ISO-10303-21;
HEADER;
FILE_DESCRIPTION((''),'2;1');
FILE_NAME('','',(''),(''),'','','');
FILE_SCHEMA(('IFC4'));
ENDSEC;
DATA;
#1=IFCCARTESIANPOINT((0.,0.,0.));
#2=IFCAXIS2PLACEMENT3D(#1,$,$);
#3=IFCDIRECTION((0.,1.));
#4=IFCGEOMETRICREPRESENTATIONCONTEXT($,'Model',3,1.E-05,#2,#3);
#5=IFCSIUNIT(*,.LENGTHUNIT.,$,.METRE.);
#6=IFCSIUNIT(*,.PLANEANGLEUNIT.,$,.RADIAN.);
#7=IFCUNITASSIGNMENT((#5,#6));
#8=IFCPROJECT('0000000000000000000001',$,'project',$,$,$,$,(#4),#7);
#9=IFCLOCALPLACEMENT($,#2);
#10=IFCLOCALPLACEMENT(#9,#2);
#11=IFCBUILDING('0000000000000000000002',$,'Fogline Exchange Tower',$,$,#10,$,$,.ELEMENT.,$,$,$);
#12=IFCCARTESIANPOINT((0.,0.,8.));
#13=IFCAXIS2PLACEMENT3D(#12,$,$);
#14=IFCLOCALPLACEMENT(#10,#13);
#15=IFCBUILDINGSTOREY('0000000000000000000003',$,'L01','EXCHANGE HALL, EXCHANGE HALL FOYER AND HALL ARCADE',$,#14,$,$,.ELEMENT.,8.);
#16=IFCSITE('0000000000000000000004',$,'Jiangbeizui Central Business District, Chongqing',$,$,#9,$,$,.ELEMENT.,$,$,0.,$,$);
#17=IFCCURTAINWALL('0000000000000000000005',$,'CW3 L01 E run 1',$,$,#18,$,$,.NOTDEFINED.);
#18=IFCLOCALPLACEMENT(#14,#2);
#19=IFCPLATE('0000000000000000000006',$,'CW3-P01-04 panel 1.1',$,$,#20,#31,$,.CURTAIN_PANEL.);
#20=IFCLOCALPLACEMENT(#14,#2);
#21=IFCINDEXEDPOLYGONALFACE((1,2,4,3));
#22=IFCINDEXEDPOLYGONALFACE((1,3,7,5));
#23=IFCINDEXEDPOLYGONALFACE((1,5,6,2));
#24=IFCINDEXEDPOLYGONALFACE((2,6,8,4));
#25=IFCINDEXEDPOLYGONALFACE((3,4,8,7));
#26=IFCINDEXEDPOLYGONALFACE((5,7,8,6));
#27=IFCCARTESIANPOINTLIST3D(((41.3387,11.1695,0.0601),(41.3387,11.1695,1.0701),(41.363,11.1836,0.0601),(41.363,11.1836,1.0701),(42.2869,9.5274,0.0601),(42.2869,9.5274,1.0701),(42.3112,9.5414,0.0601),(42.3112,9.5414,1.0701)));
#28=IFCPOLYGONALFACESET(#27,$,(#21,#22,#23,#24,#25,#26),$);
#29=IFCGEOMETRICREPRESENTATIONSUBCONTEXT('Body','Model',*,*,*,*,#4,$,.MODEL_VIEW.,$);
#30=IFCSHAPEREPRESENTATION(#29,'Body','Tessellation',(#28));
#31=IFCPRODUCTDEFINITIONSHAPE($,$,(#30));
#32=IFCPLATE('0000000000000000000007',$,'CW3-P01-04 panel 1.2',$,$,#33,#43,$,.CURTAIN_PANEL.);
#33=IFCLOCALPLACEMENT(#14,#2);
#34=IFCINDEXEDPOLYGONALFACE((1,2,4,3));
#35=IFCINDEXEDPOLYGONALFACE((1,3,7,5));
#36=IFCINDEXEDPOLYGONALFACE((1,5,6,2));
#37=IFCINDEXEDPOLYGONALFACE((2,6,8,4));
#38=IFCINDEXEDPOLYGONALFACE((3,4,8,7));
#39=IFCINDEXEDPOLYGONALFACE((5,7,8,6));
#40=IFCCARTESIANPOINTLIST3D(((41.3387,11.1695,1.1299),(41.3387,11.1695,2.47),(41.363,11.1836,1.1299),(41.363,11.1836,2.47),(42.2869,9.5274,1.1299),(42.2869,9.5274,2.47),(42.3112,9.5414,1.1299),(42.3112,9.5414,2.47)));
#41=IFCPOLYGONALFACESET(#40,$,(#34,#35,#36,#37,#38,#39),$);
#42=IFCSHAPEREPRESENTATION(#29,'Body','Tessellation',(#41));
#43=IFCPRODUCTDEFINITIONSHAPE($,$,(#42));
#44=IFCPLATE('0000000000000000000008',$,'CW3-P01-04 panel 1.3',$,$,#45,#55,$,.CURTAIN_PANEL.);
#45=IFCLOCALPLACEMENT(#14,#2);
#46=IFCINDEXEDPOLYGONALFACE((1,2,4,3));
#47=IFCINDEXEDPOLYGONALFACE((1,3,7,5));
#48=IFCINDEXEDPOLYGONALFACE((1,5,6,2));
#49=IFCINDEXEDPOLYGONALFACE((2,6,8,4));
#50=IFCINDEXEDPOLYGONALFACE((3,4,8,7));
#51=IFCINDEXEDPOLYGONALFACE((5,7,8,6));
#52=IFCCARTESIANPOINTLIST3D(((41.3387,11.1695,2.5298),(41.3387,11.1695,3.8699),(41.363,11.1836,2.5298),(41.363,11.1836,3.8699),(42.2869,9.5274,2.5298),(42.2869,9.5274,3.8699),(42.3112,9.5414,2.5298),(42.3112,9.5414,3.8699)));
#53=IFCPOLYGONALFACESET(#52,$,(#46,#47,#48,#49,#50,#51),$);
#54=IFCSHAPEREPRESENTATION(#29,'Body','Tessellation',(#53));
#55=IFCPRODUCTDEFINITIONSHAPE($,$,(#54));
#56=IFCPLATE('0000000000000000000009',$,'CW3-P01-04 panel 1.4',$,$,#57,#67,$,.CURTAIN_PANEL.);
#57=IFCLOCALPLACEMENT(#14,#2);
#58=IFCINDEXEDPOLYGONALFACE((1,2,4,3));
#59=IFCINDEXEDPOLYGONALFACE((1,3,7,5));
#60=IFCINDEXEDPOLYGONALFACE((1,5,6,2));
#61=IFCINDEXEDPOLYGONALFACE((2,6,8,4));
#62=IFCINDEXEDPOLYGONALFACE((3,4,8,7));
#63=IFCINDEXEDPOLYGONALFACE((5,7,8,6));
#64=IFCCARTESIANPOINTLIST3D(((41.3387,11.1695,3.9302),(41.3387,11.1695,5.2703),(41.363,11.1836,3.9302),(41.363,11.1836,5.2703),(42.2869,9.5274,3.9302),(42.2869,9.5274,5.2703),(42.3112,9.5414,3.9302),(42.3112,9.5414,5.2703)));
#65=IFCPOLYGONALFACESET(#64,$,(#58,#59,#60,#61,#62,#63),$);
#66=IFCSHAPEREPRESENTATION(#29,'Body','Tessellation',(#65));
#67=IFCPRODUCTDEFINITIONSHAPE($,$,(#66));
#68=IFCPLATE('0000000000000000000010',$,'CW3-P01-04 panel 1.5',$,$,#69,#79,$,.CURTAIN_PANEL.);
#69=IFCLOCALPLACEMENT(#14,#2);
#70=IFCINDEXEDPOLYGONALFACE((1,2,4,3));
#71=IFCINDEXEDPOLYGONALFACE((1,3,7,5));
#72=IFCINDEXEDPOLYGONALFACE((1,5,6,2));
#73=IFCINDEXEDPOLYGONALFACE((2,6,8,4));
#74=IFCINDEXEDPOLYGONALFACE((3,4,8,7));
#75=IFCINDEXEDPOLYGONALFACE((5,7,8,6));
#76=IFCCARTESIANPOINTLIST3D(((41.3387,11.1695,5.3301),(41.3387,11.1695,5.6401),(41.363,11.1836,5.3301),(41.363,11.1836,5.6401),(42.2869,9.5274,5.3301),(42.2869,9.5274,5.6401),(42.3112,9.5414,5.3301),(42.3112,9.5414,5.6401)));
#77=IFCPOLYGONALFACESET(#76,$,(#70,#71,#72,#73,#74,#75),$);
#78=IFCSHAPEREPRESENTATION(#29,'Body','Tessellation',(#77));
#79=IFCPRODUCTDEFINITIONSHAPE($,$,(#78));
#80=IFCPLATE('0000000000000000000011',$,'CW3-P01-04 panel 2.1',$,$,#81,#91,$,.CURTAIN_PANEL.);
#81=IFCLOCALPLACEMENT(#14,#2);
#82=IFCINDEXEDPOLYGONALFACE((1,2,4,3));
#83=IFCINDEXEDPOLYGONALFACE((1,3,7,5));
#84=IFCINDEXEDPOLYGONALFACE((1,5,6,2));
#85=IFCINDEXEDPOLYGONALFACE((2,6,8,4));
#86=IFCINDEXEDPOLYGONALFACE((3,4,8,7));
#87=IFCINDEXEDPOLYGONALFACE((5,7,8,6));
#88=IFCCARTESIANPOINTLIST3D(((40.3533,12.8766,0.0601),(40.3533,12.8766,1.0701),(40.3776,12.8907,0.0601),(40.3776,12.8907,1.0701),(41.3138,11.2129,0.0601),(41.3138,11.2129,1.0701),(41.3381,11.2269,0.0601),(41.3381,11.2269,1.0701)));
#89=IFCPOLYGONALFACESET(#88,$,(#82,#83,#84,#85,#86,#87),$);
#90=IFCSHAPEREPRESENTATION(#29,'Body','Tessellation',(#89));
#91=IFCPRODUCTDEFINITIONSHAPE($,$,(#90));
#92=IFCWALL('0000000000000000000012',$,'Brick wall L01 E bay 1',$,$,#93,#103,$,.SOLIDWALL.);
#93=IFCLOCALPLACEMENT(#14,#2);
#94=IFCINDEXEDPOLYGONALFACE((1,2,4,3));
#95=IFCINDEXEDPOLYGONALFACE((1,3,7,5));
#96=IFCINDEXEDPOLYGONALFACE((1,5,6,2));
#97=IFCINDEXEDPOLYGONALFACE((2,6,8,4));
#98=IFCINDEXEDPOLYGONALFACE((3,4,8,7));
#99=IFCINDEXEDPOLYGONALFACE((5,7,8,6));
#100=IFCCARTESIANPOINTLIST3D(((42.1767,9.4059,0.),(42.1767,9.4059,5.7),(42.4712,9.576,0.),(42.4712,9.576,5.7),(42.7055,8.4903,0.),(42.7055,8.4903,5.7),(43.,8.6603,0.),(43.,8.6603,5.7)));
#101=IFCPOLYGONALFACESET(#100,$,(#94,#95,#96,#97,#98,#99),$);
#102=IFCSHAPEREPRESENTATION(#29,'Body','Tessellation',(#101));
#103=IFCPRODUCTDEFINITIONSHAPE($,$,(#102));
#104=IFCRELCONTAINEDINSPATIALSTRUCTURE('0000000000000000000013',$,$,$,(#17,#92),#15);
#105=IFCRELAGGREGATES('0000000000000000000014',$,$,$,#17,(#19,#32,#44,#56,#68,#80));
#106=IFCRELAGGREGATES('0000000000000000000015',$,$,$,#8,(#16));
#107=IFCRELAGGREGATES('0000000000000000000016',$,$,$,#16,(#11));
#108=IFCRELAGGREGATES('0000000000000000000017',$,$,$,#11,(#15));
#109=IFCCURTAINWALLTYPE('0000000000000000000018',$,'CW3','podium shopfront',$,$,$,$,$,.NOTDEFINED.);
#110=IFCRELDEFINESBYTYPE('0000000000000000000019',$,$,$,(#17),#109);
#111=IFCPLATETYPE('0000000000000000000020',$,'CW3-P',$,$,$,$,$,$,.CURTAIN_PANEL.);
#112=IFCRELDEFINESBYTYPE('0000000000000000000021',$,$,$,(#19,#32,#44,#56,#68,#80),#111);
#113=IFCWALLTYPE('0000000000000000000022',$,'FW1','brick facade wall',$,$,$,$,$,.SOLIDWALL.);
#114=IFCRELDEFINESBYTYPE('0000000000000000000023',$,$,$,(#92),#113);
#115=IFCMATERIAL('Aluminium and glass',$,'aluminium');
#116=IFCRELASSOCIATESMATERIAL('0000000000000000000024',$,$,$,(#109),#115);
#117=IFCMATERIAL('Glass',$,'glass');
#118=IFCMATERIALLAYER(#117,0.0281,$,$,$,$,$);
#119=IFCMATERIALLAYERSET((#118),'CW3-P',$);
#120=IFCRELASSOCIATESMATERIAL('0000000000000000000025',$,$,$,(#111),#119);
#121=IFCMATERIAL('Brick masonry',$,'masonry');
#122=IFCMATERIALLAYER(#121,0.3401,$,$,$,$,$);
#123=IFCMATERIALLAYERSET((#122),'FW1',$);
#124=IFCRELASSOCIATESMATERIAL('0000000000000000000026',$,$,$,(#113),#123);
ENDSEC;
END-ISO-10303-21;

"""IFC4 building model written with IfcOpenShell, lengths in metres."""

from ifc_helpers import new_model, si_unit, direction, frame, frame_2d, origin, origin_2d, place, context, subcontext, project, spatial, rectangle, extrude, material, layer, layer_set, type_object, element, aggregate, save


model = new_model("IFC4")

# Units and contexts
model_context = context("Model", 3, precision=1e-05, world=origin(), true_north=direction((0.0, 1.0)))
body_context = subcontext(model_context, "Body", "Model", "MODEL_VIEW")
ifc_project = project(units=[si_unit("LENGTHUNIT", "METRE"), si_unit("PLANEANGLEUNIT", "RADIAN")], contexts=[model_context])

# Site, building, storey
site_placement = place(None, origin())
site = spatial("IfcSite", under=ifc_project, at=site_placement, Name="Jiangbeizui Central Business District, Chongqing", CompositionType="ELEMENT", RefElevation=0.0)
building_placement = place(site_placement, origin())
building = spatial("IfcBuilding", under=site, at=building_placement, Name="Fogline Exchange Tower", CompositionType="ELEMENT")
storey_placement = place(building_placement, frame((0.0, 0.0, 8.0)))
storey = spatial("IfcBuildingStorey", under=building, at=storey_placement, Name="L01", Description="EXCHANGE HALL, EXCHANGE HALL FOYER AND HALL ARCADE", CompositionType="ELEMENT", Elevation=8.0)

# Curtain wall, plates
ifc_material_1 = material(Name="Aluminium and glass", Category="aluminium")
curtain_wall_type = type_object("IfcCurtainWallType", Name="CW3", Description="podium shopfront", PredefinedType="NOTDEFINED", material=ifc_material_1)
curtain_wall_placement = place(storey_placement, origin())
curtain_wall = element("IfcCurtainWall", 1, at=curtain_wall_placement, inside=storey, type_object=curtain_wall_type, Name="CW3 L01 E run 1", PredefinedType="NOTDEFINED")
ifc_material_2 = material(Name="Glass", Category="glass")
ifc_layer_1 = layer(ifc_material_2, 0.0281)
ifc_layer_set_1 = layer_set([ifc_layer_1], Name="CW3-P")
plate_type = type_object("IfcPlateType", Name="CW3-P", PredefinedType="CURTAIN_PANEL", material=ifc_layer_set_1)
plate_1_placement = place(storey_placement, frame((41.825, 10.3555, 0.0601), z_axis=(0.0, 0.0, 1.0), x_axis=(-0.5, 0.866025, 0.0)))
plate_1 = element("IfcPlate", 2, at=plate_1_placement, type_object=plate_type, Name="CW3-P01-04 panel 1.1", PredefinedType="CURTAIN_PANEL", context=body_context, shape_type="SweptSolid", body=[
    extrude(rectangle(XDim=1.8962, YDim=0.0281, at=origin_2d()), origin(), (0.0, 0.0, 1.0), 1.01),
])
plate_2_placement = place(storey_placement, frame((41.825, 10.3555, 1.1299), z_axis=(0.0, 0.0, 1.0), x_axis=(-0.5, 0.866025, 0.0)))
plate_2 = element("IfcPlate", 3, at=plate_2_placement, type_object=plate_type, Name="CW3-P01-04 panel 1.2", PredefinedType="CURTAIN_PANEL", context=body_context, shape_type="SweptSolid", body=[
    extrude(rectangle(XDim=1.8962, YDim=0.0281, at=origin_2d()), origin(), (0.0, 0.0, 1.0), 1.3401),
])
plate_3_placement = place(storey_placement, frame((41.825, 10.3555, 2.5298), z_axis=(0.0, 0.0, 1.0), x_axis=(-0.5, 0.866025, 0.0)))
plate_3 = element("IfcPlate", 4, at=plate_3_placement, type_object=plate_type, Name="CW3-P01-04 panel 1.3", PredefinedType="CURTAIN_PANEL", context=body_context, shape_type="SweptSolid", body=[
    extrude(rectangle(XDim=1.8962, YDim=0.0281, at=origin_2d()), origin(), (0.0, 0.0, 1.0), 1.3401),
])
plate_4_placement = place(storey_placement, frame((41.825, 10.3555, 3.9302), z_axis=(0.0, 0.0, 1.0), x_axis=(-0.5, 0.866025, 0.0)))
plate_4 = element("IfcPlate", 5, at=plate_4_placement, type_object=plate_type, Name="CW3-P01-04 panel 1.4", PredefinedType="CURTAIN_PANEL", context=body_context, shape_type="SweptSolid", body=[
    extrude(rectangle(XDim=1.8962, YDim=0.0281, at=origin_2d()), origin(), (0.0, 0.0, 1.0), 1.3401),
])
plate_5_placement = place(storey_placement, frame((41.825, 10.3555, 5.3301), z_axis=(0.0, 0.0, 1.0), x_axis=(-0.5, 0.866025, 0.0)))
plate_5 = element("IfcPlate", 6, at=plate_5_placement, type_object=plate_type, Name="CW3-P01-04 panel 1.5", PredefinedType="CURTAIN_PANEL", context=body_context, shape_type="SweptSolid", body=[
    extrude(rectangle(XDim=1.8962, YDim=0.0281, at=origin_2d()), origin(), (0.0, 0.0, 1.0), 0.3101),
])
plate_6_placement = place(storey_placement, frame((40.8457, 12.0518, 0.0601), z_axis=(0.0, 0.0, 1.0), x_axis=(-0.5, 0.866025, 0.0)))
plate_6 = element("IfcPlate", 7, at=plate_6_placement, type_object=plate_type, Name="CW3-P01-04 panel 2.1", PredefinedType="CURTAIN_PANEL", context=body_context, shape_type="SweptSolid", body=[
    extrude(rectangle(XDim=1.9211, YDim=0.0281, at=origin_2d()), origin(), (0.0, 0.0, 1.0), 1.01),
])
aggregate(curtain_wall, [plate_1, plate_2, plate_3, plate_4, plate_5, plate_6])

# Wall
ifc_material_3 = material(Name="Brick masonry", Category="masonry")
ifc_layer_2 = layer(ifc_material_3, 0.3401)
ifc_layer_set_2 = layer_set([ifc_layer_2], Name="FW1")
wall_type = type_object("IfcWallType", Name="FW1", Description="brick facade wall", PredefinedType="SOLIDWALL", material=ifc_layer_set_2)
wall_placement = place(storey_placement, frame((42.8528, 8.5752, 0.0), z_axis=(0.0, 0.0, 1.0), x_axis=(-0.500062, 0.865989, 0.0)))
element("IfcWall", 8, at=wall_placement, inside=storey, type_object=wall_type, Name="Brick wall L01 E bay 1", PredefinedType="SOLIDWALL", context=body_context, shape_type="SweptSolid", body=[
    extrude(rectangle(XDim=1.0574, YDim=0.3401, at=frame_2d((0.5288, 0.0))), origin(), (0.0, 0.0, 1.0), 5.7),
])

save(model, "model.ifc")
